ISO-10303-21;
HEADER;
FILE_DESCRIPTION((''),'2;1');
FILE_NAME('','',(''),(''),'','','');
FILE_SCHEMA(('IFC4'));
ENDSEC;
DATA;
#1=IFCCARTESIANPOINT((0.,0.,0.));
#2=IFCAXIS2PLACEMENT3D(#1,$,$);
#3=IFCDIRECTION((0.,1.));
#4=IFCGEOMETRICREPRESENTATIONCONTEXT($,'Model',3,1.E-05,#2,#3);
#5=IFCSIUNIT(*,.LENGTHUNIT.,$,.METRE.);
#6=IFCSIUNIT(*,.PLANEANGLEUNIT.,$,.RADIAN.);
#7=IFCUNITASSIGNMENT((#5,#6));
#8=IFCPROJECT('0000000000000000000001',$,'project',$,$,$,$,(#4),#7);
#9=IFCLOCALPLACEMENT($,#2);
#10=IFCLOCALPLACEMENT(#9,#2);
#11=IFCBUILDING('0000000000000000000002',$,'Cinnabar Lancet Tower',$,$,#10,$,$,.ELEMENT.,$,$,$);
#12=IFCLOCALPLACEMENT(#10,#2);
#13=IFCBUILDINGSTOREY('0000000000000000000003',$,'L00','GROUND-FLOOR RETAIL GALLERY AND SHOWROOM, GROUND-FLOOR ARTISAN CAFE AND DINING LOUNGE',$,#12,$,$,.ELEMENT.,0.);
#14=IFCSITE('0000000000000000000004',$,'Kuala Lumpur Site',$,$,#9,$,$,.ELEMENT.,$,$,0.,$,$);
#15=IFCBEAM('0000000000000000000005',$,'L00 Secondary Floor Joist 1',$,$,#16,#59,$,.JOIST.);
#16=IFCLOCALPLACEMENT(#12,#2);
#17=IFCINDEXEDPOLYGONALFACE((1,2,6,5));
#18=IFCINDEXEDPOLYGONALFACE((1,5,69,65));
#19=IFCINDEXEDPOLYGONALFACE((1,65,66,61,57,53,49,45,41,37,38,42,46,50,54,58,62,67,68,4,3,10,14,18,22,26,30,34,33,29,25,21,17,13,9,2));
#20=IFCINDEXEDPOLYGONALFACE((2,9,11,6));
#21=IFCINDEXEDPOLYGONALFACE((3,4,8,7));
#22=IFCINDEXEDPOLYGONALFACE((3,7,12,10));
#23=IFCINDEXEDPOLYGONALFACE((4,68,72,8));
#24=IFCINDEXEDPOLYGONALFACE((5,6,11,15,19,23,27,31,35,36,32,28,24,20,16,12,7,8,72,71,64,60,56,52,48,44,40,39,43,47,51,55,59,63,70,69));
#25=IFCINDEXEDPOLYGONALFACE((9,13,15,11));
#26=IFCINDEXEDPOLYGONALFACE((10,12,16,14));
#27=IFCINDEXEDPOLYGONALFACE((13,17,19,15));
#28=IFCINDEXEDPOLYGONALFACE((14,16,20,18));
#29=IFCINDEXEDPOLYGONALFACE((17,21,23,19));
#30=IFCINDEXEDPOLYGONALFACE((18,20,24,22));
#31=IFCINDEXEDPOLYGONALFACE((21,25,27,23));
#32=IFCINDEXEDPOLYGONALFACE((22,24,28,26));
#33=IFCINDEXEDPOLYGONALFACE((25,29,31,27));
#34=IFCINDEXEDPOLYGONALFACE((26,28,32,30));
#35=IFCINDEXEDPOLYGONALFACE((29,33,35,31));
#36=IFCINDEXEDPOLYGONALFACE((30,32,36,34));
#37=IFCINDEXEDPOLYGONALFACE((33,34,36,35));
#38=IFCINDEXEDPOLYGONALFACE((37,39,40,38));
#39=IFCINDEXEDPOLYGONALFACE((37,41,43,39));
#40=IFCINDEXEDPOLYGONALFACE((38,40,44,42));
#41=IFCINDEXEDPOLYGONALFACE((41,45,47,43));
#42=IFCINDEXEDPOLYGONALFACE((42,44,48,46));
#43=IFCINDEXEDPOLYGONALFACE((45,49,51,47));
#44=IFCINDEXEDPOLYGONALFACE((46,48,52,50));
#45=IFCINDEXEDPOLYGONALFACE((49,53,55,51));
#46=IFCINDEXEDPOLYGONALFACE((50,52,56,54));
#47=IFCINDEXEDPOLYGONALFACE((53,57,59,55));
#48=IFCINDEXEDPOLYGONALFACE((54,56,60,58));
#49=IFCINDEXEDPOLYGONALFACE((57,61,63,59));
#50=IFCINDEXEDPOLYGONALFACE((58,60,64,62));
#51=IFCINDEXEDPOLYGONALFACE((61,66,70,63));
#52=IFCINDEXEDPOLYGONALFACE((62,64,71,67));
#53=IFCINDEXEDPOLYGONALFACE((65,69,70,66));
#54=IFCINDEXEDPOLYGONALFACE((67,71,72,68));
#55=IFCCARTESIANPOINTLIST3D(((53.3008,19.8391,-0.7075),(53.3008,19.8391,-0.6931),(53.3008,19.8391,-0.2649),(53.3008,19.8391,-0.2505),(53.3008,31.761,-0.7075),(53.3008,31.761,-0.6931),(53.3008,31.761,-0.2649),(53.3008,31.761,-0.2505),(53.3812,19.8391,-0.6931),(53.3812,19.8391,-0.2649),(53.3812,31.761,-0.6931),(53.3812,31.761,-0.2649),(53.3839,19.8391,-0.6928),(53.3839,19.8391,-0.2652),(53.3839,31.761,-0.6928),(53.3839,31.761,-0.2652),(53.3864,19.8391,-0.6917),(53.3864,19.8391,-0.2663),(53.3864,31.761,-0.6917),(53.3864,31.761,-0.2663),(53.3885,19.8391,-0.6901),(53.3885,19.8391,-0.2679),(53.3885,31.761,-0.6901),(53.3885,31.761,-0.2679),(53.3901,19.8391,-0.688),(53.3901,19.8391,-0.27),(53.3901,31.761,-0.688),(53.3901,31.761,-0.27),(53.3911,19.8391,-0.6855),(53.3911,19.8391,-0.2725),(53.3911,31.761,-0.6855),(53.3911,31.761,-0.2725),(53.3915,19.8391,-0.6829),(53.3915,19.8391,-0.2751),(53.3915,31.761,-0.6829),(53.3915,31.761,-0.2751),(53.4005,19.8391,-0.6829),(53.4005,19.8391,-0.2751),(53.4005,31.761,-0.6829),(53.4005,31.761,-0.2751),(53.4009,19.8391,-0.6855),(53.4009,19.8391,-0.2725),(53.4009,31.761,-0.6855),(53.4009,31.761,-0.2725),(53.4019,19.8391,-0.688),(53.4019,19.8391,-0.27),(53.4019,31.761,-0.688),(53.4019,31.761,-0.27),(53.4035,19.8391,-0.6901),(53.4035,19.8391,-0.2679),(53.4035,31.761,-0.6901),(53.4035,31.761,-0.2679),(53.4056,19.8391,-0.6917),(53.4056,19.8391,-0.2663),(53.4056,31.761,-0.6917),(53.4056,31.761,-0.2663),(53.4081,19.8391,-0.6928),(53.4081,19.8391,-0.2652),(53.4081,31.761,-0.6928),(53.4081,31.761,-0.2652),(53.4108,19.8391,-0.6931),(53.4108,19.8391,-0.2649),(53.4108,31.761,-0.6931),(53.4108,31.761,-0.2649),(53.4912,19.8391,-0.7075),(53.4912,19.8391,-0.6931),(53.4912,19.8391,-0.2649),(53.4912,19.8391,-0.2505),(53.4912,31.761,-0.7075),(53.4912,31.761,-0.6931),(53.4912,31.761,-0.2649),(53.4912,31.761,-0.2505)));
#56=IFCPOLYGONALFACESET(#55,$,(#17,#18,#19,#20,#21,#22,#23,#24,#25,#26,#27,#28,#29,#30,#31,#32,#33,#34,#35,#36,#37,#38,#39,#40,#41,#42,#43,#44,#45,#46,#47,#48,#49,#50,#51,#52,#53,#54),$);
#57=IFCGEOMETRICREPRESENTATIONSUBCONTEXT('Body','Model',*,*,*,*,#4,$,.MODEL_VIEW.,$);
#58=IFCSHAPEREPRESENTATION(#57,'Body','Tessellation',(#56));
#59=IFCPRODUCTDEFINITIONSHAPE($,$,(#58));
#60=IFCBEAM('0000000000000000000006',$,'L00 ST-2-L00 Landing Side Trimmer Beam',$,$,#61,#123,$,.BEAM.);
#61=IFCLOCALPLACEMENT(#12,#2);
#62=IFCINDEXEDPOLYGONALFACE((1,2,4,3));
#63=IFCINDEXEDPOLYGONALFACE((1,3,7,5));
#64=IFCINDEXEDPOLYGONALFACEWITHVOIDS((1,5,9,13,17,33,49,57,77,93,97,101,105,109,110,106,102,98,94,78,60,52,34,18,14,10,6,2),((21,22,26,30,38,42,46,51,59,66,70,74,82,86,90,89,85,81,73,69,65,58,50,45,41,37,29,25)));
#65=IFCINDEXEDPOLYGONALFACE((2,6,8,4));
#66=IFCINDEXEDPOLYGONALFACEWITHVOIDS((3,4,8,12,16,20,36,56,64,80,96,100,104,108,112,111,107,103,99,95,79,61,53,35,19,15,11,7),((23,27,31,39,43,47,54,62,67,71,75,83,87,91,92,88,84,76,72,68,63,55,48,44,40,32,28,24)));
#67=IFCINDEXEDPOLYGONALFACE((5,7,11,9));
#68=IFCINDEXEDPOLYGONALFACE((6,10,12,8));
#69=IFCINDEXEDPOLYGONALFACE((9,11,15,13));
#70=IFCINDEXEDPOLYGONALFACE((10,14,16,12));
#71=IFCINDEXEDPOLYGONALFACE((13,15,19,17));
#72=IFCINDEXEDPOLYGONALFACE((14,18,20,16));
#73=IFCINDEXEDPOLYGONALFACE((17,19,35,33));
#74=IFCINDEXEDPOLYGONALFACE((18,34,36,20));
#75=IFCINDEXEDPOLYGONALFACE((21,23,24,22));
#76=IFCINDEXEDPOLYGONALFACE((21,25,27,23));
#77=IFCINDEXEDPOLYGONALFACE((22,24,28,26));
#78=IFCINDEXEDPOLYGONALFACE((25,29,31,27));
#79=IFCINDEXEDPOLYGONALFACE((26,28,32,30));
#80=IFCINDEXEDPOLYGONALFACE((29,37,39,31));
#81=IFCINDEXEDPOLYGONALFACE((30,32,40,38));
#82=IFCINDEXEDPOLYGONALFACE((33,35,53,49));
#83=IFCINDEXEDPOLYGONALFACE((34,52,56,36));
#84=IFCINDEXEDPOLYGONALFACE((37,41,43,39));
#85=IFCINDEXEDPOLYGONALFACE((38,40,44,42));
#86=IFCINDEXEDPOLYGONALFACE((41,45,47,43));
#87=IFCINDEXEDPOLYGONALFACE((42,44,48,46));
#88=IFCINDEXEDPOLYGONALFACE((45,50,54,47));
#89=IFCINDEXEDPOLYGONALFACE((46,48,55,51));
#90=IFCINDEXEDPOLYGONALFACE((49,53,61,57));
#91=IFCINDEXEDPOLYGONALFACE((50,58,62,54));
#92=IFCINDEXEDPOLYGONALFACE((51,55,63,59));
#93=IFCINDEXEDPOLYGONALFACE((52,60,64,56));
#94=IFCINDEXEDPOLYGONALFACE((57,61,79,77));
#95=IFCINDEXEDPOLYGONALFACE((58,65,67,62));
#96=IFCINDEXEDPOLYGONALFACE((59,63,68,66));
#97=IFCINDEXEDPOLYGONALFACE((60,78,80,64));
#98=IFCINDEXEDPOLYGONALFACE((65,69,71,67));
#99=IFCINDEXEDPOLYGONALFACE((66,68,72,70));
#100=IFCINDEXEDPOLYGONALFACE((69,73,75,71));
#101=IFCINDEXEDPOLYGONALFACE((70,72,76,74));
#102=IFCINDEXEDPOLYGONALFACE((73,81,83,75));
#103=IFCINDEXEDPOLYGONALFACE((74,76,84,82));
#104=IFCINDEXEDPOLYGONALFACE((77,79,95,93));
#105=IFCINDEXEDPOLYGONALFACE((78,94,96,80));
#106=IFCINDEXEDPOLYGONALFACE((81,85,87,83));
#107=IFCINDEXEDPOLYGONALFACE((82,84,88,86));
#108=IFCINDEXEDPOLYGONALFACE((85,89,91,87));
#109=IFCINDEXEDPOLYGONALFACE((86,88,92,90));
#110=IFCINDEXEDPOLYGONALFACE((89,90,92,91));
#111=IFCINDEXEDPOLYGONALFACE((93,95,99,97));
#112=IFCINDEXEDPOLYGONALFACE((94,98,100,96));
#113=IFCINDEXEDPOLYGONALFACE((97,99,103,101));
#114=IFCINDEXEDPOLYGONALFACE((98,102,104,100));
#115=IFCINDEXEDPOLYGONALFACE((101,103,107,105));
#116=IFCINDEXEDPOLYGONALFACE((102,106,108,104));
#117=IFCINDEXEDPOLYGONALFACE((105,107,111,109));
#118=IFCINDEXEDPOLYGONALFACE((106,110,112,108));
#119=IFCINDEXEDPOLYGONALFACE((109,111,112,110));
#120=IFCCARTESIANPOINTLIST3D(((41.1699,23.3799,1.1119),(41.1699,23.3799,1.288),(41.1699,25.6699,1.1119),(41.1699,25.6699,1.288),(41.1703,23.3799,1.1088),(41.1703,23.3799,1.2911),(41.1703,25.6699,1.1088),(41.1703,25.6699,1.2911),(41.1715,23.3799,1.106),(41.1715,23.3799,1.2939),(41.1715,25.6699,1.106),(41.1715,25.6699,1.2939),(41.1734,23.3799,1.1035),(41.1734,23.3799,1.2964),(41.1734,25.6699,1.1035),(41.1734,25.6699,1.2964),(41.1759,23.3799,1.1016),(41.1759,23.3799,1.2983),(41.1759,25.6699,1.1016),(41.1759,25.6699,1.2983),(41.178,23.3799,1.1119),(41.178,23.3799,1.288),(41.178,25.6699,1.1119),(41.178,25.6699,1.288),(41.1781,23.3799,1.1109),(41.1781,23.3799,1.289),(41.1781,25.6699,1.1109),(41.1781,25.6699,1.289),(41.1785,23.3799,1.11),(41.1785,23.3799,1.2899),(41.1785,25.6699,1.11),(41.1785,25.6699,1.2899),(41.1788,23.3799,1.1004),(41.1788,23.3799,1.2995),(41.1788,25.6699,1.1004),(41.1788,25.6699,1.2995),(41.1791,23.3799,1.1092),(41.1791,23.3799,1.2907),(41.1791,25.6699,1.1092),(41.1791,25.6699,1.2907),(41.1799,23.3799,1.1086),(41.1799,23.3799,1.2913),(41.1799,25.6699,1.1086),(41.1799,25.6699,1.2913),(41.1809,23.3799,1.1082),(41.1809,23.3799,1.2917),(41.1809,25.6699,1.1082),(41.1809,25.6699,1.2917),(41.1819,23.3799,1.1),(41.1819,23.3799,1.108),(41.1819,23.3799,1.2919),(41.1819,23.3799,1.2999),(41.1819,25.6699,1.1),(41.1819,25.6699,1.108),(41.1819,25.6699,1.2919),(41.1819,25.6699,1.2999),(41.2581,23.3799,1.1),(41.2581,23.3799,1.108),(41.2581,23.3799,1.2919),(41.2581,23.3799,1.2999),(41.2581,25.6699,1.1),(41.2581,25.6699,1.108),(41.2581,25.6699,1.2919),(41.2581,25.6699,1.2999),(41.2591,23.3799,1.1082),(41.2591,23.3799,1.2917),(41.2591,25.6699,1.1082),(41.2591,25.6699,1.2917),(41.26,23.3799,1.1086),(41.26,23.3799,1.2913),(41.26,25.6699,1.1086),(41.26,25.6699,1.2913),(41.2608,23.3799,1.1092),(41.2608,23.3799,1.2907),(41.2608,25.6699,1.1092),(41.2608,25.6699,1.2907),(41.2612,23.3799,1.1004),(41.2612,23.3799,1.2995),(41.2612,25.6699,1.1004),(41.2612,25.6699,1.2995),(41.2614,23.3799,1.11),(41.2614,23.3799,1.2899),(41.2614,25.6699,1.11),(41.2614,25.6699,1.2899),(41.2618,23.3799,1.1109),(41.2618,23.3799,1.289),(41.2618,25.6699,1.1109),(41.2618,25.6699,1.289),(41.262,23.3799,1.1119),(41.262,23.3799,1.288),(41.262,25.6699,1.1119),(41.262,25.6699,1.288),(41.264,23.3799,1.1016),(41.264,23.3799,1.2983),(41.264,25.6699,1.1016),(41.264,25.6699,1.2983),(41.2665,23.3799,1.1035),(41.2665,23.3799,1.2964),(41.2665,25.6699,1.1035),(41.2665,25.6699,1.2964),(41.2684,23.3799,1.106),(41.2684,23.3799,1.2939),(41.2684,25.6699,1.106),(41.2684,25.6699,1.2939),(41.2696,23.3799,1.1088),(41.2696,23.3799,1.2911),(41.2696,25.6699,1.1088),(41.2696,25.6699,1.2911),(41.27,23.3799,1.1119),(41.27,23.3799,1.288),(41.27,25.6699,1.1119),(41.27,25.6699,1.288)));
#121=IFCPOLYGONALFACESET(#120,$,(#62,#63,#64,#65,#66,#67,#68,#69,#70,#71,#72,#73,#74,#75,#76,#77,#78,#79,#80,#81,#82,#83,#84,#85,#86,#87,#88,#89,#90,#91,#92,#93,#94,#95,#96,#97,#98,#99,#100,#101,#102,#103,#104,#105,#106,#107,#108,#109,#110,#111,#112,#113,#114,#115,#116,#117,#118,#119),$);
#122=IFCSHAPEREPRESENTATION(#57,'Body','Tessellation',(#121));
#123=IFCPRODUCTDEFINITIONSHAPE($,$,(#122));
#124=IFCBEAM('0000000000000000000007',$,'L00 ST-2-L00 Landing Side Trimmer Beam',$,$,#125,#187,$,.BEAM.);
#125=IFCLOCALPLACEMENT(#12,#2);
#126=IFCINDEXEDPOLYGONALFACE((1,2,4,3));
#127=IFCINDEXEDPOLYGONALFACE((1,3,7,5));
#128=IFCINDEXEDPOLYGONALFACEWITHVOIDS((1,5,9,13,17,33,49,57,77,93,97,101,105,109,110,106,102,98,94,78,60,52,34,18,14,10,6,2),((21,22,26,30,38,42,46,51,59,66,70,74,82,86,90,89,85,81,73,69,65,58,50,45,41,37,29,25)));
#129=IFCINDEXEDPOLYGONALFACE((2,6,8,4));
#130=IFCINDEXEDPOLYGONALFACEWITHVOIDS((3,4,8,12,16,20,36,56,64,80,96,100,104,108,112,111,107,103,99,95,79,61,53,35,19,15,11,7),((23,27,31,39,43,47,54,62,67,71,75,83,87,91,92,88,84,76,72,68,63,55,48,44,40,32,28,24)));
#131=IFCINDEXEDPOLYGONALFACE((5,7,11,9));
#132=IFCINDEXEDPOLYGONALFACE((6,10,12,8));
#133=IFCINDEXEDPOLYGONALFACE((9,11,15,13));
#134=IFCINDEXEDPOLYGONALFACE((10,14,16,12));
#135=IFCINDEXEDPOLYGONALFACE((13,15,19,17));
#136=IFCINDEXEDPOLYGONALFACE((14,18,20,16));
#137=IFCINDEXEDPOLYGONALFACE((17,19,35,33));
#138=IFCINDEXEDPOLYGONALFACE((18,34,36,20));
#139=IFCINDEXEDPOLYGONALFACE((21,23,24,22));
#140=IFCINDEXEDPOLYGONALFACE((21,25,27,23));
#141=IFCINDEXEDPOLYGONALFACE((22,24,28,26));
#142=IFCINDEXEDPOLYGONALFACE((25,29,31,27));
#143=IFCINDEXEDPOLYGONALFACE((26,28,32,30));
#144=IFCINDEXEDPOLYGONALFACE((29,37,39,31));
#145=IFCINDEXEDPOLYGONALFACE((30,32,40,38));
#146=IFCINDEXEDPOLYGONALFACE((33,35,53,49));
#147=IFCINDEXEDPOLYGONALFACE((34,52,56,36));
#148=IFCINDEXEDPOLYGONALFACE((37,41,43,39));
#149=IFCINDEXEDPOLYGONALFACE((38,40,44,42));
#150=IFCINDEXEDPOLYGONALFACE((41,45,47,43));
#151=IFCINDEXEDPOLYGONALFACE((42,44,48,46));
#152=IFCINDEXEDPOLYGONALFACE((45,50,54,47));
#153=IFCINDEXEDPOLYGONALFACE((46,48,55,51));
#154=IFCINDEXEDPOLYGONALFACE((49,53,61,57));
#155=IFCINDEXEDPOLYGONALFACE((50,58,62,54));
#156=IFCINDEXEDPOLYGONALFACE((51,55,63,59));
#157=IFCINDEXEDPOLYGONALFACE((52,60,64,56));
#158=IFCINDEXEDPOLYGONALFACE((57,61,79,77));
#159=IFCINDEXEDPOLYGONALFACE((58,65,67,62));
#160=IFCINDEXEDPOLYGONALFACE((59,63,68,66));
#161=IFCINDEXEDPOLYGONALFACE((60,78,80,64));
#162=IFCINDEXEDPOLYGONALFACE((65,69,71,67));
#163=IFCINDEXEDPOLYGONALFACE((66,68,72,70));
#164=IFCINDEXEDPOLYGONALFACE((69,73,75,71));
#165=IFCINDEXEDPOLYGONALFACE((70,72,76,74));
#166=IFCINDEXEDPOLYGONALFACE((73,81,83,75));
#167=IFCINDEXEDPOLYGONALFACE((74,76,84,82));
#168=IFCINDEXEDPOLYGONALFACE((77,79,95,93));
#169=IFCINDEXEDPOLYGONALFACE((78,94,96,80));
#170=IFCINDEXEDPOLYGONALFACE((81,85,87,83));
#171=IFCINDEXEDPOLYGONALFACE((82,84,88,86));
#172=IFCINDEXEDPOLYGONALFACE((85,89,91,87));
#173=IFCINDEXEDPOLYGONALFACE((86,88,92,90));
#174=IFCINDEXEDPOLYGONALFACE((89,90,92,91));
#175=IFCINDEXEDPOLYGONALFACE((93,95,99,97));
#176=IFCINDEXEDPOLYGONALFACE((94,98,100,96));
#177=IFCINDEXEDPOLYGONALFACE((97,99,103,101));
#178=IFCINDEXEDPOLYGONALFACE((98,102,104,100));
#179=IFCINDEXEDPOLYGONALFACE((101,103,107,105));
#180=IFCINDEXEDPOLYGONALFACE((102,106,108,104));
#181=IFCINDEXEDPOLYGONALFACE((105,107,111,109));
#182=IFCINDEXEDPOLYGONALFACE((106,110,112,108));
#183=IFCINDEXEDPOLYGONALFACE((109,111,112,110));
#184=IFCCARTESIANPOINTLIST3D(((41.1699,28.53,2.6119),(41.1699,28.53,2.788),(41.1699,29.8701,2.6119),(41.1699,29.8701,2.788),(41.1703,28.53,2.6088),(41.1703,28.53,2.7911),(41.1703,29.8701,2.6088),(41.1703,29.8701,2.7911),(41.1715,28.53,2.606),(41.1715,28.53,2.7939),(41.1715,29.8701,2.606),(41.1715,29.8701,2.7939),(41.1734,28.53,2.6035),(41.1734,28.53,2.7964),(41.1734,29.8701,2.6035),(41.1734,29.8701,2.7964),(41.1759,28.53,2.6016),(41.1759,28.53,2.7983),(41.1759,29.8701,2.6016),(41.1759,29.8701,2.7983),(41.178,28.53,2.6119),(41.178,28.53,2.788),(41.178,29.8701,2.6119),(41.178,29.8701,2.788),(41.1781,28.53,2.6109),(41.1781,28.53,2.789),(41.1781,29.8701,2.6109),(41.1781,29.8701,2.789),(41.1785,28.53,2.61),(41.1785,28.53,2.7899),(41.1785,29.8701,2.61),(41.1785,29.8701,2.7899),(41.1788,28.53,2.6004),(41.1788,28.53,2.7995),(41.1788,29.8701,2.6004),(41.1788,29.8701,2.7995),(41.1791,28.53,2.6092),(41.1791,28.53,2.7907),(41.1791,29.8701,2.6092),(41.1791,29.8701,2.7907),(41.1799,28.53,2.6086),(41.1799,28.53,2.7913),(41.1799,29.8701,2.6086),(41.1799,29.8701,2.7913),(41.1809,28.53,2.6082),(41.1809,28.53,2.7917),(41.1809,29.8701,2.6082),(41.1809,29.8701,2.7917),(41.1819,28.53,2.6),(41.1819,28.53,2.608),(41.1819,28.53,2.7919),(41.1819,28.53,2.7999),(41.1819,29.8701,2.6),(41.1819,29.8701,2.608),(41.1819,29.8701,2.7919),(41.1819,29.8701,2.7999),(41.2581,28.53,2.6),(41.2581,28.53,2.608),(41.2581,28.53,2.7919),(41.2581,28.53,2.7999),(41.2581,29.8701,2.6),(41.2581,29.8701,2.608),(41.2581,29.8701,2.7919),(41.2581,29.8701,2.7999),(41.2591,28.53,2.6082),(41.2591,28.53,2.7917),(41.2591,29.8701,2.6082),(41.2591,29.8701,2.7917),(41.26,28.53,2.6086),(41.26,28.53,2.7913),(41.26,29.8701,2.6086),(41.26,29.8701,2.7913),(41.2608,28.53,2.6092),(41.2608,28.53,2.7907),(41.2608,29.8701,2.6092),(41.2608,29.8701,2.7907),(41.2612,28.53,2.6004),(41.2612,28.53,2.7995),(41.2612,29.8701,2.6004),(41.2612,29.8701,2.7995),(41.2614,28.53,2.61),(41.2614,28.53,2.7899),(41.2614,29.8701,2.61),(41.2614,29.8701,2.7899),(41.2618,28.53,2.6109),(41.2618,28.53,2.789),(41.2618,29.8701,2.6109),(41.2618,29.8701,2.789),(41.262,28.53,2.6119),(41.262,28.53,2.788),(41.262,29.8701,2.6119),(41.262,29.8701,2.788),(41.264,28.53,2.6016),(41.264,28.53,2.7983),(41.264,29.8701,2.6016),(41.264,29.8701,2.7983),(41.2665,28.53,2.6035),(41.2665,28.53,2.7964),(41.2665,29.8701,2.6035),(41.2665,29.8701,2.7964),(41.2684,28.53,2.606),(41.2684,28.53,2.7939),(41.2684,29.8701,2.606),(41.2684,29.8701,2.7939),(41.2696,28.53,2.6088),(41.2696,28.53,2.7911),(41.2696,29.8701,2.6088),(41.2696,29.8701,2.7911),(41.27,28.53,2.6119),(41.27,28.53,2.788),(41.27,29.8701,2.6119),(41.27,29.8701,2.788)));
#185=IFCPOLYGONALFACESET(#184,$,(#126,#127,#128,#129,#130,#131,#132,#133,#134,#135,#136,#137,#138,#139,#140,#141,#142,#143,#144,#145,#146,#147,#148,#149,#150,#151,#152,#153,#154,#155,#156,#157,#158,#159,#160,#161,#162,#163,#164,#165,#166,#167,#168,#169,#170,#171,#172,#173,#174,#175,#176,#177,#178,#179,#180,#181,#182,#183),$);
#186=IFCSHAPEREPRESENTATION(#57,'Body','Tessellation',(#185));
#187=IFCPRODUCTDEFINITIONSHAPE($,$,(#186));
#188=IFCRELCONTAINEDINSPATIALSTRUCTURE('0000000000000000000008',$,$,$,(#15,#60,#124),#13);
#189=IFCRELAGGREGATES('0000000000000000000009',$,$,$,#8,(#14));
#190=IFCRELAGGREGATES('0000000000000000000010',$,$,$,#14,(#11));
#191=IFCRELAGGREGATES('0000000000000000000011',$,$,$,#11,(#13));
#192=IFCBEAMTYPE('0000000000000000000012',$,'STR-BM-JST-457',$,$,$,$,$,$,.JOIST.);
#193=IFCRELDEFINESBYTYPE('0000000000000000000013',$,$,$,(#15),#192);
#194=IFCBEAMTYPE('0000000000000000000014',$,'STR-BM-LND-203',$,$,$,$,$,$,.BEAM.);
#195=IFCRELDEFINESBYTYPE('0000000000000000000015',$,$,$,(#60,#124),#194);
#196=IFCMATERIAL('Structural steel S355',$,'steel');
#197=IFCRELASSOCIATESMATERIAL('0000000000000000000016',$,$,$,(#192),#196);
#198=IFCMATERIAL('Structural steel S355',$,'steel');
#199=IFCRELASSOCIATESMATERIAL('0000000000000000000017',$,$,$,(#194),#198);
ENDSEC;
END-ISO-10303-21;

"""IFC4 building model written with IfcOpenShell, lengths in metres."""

from ifc_helpers import new_model, si_unit, direction, frame, origin, origin_2d, place, context, subcontext, project, spatial, hollow_rectangle, i_section, extrude, material, material_profile, profile_set, type_object, element, save


model = new_model("IFC4")

# Units and contexts
model_context = context("Model", 3, precision=1e-05, world=origin(), true_north=direction((0.0, 1.0)))
body_context = subcontext(model_context, "Body", "Model", "MODEL_VIEW")
ifc_project = project(units=[si_unit("LENGTHUNIT", "METRE"), si_unit("PLANEANGLEUNIT", "RADIAN")], contexts=[model_context])

# Site, building, storey
site_placement = place(None, origin())
site = spatial("IfcSite", under=ifc_project, at=site_placement, Name="Kuala Lumpur Site", CompositionType="ELEMENT", RefElevation=0.0)
building_placement = place(site_placement, origin())
building = spatial("IfcBuilding", under=site, at=building_placement, Name="Cinnabar Lancet Tower", CompositionType="ELEMENT")
storey_placement = place(building_placement, origin())
storey = spatial("IfcBuildingStorey", under=building, at=storey_placement, Name="L00", Description="GROUND-FLOOR RETAIL GALLERY AND SHOWROOM, GROUND-FLOOR ARTISAN CAFE AND DINING LOUNGE", CompositionType="ELEMENT", Elevation=0.0)

# Beams
ifc_material_1 = material(Name="Structural steel S355", Category="steel")
ifc_material_profile_1 = material_profile(ifc_material_1, i_section(OverallWidth=0.1904, OverallDepth=0.457, WebThickness=0.009, FlangeThickness=0.0144, FilletRadius=0.0103, at=origin_2d()), Name="UKB 457x191x74")
ifc_profile_set_1 = profile_set([ifc_material_profile_1], Name="Structural steel S355")
beam_type_1 = type_object("IfcBeamType", Name="STR-BM-JST-457", PredefinedType="JOIST", material=ifc_profile_set_1)
beam_1_placement = place(storey_placement, frame((53.396, 19.8391, -0.479), z_axis=(0.0, 1.0, 0.0), x_axis=(-1.0, 0.0, 0.0)))
element("IfcBeam", 1, at=beam_1_placement, inside=storey, type_object=beam_type_1, Name="L00 Secondary Floor Joist 1", PredefinedType="JOIST", context=body_context, shape_type="SweptSolid", body=[
    extrude(i_section(OverallWidth=0.1904, OverallDepth=0.457, WebThickness=0.009, FlangeThickness=0.0144, FilletRadius=0.0103, at=origin_2d()), origin(), (0.0, 0.0, 1.0), 11.9219),
])
ifc_material_2 = material(Name="Structural steel S355", Category="steel")
ifc_material_profile_2 = material_profile(ifc_material_2, hollow_rectangle(XDim=0.1001, YDim=0.2, WallThickness=0.0081, InnerFilletRadius=0.0039, OuterFilletRadius=0.012, at=origin_2d()), Name="RHS 200x100x8")
ifc_profile_set_2 = profile_set([ifc_material_profile_2], Name="Structural steel S355")
beam_type_2 = type_object("IfcBeamType", Name="STR-BM-LND-203", PredefinedType="BEAM", material=ifc_profile_set_2)
beam_2_placement = place(storey_placement, frame((41.22, 23.3799, 1.2), z_axis=(0.0, 1.0, 0.0), x_axis=(-1.0, 0.0, 0.0)))
element("IfcBeam", 2, at=beam_2_placement, inside=storey, type_object=beam_type_2, Name="L00 ST-2-L00 Landing Side Trimmer Beam", PredefinedType="BEAM", context=body_context, shape_type="SweptSolid", body=[
    extrude(hollow_rectangle(XDim=0.1001, YDim=0.2, WallThickness=0.0081, InnerFilletRadius=0.0039, OuterFilletRadius=0.012, at=origin_2d()), origin(), (0.0, 0.0, 1.0), 2.29),
])
beam_3_placement = place(storey_placement, frame((41.22, 28.53, 2.7), z_axis=(0.0, 1.0, 0.0), x_axis=(-1.0, 0.0, 0.0)))
element("IfcBeam", 3, at=beam_3_placement, inside=storey, type_object=beam_type_2, Name="L00 ST-2-L00 Landing Side Trimmer Beam", PredefinedType="BEAM", context=body_context, shape_type="SweptSolid", body=[
    extrude(hollow_rectangle(XDim=0.1001, YDim=0.2, WallThickness=0.0081, InnerFilletRadius=0.0039, OuterFilletRadius=0.012, at=origin_2d()), origin(), (0.0, 0.0, 1.0), 1.3401),
])

save(model, "model.ifc")
